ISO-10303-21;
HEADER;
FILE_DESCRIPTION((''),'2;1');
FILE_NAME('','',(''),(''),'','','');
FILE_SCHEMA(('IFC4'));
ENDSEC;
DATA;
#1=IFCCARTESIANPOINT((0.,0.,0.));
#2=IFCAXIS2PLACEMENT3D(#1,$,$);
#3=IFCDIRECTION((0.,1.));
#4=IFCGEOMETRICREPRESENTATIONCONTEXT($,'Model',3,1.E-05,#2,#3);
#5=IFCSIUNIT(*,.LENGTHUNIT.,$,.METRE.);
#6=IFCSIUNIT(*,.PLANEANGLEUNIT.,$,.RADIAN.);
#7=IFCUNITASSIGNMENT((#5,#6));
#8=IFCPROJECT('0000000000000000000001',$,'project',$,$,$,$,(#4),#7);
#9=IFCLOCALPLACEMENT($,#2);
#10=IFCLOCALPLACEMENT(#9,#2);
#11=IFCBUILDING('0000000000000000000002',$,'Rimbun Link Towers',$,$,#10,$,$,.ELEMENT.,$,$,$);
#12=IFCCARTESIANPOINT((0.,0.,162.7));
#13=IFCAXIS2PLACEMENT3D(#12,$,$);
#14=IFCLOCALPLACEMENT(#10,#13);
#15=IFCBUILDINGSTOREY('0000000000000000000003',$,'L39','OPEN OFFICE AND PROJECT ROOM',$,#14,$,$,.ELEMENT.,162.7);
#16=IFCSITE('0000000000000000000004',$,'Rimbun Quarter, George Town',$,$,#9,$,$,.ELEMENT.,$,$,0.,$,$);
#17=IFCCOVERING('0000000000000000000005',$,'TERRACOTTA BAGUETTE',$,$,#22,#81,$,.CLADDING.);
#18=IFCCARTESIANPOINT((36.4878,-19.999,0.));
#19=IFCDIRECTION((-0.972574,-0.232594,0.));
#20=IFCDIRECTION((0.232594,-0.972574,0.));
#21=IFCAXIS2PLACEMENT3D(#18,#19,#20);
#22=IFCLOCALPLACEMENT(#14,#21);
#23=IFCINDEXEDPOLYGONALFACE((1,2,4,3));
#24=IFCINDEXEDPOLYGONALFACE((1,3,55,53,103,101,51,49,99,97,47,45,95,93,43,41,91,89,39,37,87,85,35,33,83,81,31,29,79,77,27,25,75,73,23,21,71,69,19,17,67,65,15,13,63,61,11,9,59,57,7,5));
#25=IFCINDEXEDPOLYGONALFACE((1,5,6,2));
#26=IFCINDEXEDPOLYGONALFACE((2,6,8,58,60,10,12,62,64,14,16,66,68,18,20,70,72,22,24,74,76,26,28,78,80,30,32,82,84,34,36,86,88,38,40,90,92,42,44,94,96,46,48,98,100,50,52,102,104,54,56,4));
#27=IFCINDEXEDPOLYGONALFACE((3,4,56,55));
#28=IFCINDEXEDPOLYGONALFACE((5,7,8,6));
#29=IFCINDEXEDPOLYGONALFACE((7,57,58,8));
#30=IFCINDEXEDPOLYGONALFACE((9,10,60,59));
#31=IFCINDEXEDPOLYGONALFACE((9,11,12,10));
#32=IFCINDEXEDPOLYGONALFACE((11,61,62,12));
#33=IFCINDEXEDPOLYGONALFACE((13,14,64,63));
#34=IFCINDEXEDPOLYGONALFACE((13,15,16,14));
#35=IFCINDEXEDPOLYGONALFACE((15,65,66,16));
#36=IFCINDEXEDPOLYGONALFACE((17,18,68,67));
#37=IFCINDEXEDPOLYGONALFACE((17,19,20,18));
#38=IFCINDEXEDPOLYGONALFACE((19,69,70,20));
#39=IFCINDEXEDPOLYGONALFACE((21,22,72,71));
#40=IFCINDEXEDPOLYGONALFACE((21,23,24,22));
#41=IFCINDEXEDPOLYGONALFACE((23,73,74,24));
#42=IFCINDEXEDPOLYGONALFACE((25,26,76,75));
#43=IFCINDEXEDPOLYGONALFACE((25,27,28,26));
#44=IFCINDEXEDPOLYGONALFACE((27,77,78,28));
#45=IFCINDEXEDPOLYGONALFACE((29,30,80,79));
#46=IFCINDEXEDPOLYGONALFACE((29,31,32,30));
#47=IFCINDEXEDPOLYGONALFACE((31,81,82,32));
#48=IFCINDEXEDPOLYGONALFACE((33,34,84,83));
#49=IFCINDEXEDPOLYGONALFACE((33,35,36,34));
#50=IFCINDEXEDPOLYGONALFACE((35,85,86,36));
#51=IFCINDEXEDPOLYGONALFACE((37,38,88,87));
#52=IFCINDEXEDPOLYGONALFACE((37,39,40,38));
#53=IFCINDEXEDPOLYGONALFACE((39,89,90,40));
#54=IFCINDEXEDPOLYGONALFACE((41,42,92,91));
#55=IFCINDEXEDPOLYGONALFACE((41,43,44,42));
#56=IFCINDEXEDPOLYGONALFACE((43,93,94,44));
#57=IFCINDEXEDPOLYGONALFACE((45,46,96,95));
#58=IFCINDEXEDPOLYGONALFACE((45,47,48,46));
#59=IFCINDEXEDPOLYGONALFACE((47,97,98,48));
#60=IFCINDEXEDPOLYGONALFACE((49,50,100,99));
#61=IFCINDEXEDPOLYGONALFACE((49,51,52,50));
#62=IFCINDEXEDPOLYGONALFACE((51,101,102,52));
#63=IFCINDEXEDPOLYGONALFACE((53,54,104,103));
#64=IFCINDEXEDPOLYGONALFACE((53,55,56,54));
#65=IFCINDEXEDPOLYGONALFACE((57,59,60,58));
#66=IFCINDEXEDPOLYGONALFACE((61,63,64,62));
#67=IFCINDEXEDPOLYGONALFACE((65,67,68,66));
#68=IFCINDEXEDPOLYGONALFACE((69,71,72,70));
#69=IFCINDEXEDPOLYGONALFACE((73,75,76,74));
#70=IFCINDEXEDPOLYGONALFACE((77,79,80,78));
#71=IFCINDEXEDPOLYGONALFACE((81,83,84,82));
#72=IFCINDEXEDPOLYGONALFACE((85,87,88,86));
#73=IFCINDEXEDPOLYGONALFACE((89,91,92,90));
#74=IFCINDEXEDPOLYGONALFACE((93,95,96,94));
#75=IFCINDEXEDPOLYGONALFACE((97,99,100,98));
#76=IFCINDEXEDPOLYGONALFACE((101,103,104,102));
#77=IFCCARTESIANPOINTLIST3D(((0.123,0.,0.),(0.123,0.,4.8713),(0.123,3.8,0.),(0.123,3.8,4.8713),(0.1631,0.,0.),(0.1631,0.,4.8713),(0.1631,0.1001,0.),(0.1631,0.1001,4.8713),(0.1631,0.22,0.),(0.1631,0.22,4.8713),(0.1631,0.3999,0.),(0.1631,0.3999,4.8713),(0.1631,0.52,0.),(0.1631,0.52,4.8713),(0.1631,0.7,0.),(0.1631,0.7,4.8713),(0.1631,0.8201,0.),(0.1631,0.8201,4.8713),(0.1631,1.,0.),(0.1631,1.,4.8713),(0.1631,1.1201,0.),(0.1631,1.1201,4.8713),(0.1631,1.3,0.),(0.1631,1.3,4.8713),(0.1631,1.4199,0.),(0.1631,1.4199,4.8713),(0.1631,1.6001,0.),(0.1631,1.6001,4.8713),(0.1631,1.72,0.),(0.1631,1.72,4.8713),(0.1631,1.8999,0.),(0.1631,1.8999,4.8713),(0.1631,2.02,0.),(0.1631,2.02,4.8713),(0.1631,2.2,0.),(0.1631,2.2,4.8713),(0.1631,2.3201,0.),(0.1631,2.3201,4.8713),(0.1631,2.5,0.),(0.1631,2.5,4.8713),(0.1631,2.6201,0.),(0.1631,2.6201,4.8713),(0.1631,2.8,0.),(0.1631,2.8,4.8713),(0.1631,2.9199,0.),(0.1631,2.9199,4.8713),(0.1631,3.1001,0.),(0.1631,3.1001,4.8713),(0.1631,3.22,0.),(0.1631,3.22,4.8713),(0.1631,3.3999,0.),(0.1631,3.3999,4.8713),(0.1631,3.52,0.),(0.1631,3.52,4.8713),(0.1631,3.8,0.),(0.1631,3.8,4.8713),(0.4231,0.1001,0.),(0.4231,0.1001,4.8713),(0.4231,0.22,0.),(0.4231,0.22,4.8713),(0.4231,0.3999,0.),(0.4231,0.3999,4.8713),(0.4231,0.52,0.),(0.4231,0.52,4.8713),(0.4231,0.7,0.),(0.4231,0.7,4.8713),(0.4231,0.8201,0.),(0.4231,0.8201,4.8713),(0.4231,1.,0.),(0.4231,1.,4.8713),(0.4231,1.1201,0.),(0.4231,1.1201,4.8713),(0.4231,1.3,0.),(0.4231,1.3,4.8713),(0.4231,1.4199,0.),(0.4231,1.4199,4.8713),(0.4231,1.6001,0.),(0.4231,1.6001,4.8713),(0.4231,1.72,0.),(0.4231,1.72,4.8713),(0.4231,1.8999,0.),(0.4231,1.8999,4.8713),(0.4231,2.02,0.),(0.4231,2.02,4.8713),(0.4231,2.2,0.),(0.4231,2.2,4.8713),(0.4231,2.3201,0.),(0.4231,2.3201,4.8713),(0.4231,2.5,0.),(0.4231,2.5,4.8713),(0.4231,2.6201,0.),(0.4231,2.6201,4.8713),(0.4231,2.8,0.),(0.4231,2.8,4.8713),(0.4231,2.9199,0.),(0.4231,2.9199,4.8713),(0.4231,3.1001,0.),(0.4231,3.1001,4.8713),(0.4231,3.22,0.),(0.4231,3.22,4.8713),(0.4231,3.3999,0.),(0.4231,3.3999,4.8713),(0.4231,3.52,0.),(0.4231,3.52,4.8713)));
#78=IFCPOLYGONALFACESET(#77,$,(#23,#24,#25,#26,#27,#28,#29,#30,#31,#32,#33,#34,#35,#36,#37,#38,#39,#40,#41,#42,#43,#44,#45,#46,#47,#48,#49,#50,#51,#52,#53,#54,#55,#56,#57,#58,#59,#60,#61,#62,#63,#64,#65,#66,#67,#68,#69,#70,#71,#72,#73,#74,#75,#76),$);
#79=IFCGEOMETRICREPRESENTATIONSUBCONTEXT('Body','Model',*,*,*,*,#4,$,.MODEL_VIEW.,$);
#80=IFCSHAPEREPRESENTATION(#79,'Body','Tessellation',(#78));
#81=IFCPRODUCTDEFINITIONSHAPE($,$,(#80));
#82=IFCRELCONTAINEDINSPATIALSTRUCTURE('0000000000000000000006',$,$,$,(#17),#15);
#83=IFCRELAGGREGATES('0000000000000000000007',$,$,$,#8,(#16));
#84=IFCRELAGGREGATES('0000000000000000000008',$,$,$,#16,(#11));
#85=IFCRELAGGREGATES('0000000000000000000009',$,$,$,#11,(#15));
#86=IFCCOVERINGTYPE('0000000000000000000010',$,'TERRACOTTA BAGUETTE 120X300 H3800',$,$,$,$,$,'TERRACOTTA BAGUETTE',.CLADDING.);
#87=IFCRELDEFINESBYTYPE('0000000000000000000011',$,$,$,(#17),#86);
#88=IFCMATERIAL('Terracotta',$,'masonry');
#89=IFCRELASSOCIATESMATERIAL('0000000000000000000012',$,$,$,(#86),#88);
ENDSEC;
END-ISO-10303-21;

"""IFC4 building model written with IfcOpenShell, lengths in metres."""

from ifc_helpers import new_model, si_unit, direction, frame, origin, place, context, subcontext, project, spatial, polyline, outline, extrude, material, material_profile, profile_set, type_object, element, save


model = new_model("IFC4")

# Units and contexts
model_context = context("Model", 3, precision=1e-05, world=origin(), true_north=direction((0.0, 1.0)))
body_context = subcontext(model_context, "Body", "Model", "MODEL_VIEW")
ifc_project = project(units=[si_unit("LENGTHUNIT", "METRE"), si_unit("PLANEANGLEUNIT", "RADIAN")], contexts=[model_context])

# Site, building, storey
site_placement = place(None, origin())
site = spatial("IfcSite", under=ifc_project, at=site_placement, Name="Rimbun Quarter, George Town", CompositionType="ELEMENT", RefElevation=0.0)
building_placement = place(site_placement, origin())
building = spatial("IfcBuilding", under=site, at=building_placement, Name="Rimbun Link Towers", CompositionType="ELEMENT")
storey_placement = place(building_placement, frame((0.0, 0.0, 162.7)))
storey = spatial("IfcBuildingStorey", under=building, at=storey_placement, Name="L39", Description="OPEN OFFICE AND PROJECT ROOM", CompositionType="ELEMENT", Elevation=162.7)

# Covering
ifc_material_1 = material(Name="Terracotta", Category="masonry")
ifc_material_profile_1 = material_profile(ifc_material_1, outline(polyline([(0.123, 0.0), (0.1631, 0.0), (0.1631, 0.1001), (0.4231, 0.1001), (0.4231, 0.22), (0.1631, 0.22), (0.1631, 0.3999), (0.4231, 0.3999), (0.4231, 0.52), (0.1631, 0.52), (0.1631, 0.7), (0.4231, 0.7), (0.4231, 0.8201), (0.1631, 0.8201), (0.1631, 1.0), (0.4231, 1.0), (0.4231, 1.1201), (0.1631, 1.1201), (0.1631, 1.3), (0.4231, 1.3), (0.4231, 1.4199), (0.1631, 1.4199), (0.1631, 1.6001), (0.4231, 1.6001), (0.4231, 1.72), (0.1631, 1.72), (0.1631, 1.8999), (0.4231, 1.8999), (0.4231, 2.02), (0.1631, 2.02), (0.1631, 2.2), (0.4231, 2.2), (0.4231, 2.3201), (0.1631, 2.3201), (0.1631, 2.5), (0.4231, 2.5), (0.4231, 2.6201), (0.1631, 2.6201), (0.1631, 2.8), (0.4231, 2.8), (0.4231, 2.9199), (0.1631, 2.9199), (0.1631, 3.1001), (0.4231, 3.1001), (0.4231, 3.22), (0.1631, 3.22), (0.1631, 3.3999), (0.4231, 3.3999), (0.4231, 3.52), (0.1631, 3.52), (0.1631, 3.8), (0.123, 3.8), (0.123, 0.0)])), Name="BAGUETTE 120X300")
ifc_profile_set_1 = profile_set([ifc_material_profile_1], Name="Terracotta")
covering_type = type_object("IfcCoveringType", Name="TERRACOTTA BAGUETTE 120X300 H3800", ElementType="TERRACOTTA BAGUETTE", PredefinedType="CLADDING", material=ifc_profile_set_1)
covering_1_placement = place(storey_placement, frame((36.4878, -19.999, 0.0), z_axis=(-0.972574, -0.232594, 0.0), x_axis=(0.232594, -0.972574, 0.0)))
element("IfcCovering", 1, at=covering_1_placement, inside=storey, type_object=covering_type, Name="TERRACOTTA BAGUETTE", PredefinedType="CLADDING", context=body_context, shape_type="SweptSolid", body=[
    extrude(outline(polyline([(0.123, 0.0), (0.1631, 0.0), (0.1631, 0.1001), (0.4231, 0.1001), (0.4231, 0.22), (0.1631, 0.22), (0.1631, 0.3999), (0.4231, 0.3999), (0.4231, 0.52), (0.1631, 0.52), (0.1631, 0.7), (0.4231, 0.7), (0.4231, 0.8201), (0.1631, 0.8201), (0.1631, 1.0), (0.4231, 1.0), (0.4231, 1.1201), (0.1631, 1.1201), (0.1631, 1.3), (0.4231, 1.3), (0.4231, 1.4199), (0.1631, 1.4199), (0.1631, 1.6001), (0.4231, 1.6001), (0.4231, 1.72), (0.1631, 1.72), (0.1631, 1.8999), (0.4231, 1.8999), (0.4231, 2.02), (0.1631, 2.02), (0.1631, 2.2), (0.4231, 2.2), (0.4231, 2.3201), (0.1631, 2.3201), (0.1631, 2.5), (0.4231, 2.5), (0.4231, 2.6201), (0.1631, 2.6201), (0.1631, 2.8), (0.4231, 2.8), (0.4231, 2.9199), (0.1631, 2.9199), (0.1631, 3.1001), (0.4231, 3.1001), (0.4231, 3.22), (0.1631, 3.22), (0.1631, 3.3999), (0.4231, 3.3999), (0.4231, 3.52), (0.1631, 3.52), (0.1631, 3.8), (0.123, 3.8), (0.123, 0.0)])), origin(), (0.0, 0.0, 1.0), 4.8713),
])

save(model, "model.ifc")
